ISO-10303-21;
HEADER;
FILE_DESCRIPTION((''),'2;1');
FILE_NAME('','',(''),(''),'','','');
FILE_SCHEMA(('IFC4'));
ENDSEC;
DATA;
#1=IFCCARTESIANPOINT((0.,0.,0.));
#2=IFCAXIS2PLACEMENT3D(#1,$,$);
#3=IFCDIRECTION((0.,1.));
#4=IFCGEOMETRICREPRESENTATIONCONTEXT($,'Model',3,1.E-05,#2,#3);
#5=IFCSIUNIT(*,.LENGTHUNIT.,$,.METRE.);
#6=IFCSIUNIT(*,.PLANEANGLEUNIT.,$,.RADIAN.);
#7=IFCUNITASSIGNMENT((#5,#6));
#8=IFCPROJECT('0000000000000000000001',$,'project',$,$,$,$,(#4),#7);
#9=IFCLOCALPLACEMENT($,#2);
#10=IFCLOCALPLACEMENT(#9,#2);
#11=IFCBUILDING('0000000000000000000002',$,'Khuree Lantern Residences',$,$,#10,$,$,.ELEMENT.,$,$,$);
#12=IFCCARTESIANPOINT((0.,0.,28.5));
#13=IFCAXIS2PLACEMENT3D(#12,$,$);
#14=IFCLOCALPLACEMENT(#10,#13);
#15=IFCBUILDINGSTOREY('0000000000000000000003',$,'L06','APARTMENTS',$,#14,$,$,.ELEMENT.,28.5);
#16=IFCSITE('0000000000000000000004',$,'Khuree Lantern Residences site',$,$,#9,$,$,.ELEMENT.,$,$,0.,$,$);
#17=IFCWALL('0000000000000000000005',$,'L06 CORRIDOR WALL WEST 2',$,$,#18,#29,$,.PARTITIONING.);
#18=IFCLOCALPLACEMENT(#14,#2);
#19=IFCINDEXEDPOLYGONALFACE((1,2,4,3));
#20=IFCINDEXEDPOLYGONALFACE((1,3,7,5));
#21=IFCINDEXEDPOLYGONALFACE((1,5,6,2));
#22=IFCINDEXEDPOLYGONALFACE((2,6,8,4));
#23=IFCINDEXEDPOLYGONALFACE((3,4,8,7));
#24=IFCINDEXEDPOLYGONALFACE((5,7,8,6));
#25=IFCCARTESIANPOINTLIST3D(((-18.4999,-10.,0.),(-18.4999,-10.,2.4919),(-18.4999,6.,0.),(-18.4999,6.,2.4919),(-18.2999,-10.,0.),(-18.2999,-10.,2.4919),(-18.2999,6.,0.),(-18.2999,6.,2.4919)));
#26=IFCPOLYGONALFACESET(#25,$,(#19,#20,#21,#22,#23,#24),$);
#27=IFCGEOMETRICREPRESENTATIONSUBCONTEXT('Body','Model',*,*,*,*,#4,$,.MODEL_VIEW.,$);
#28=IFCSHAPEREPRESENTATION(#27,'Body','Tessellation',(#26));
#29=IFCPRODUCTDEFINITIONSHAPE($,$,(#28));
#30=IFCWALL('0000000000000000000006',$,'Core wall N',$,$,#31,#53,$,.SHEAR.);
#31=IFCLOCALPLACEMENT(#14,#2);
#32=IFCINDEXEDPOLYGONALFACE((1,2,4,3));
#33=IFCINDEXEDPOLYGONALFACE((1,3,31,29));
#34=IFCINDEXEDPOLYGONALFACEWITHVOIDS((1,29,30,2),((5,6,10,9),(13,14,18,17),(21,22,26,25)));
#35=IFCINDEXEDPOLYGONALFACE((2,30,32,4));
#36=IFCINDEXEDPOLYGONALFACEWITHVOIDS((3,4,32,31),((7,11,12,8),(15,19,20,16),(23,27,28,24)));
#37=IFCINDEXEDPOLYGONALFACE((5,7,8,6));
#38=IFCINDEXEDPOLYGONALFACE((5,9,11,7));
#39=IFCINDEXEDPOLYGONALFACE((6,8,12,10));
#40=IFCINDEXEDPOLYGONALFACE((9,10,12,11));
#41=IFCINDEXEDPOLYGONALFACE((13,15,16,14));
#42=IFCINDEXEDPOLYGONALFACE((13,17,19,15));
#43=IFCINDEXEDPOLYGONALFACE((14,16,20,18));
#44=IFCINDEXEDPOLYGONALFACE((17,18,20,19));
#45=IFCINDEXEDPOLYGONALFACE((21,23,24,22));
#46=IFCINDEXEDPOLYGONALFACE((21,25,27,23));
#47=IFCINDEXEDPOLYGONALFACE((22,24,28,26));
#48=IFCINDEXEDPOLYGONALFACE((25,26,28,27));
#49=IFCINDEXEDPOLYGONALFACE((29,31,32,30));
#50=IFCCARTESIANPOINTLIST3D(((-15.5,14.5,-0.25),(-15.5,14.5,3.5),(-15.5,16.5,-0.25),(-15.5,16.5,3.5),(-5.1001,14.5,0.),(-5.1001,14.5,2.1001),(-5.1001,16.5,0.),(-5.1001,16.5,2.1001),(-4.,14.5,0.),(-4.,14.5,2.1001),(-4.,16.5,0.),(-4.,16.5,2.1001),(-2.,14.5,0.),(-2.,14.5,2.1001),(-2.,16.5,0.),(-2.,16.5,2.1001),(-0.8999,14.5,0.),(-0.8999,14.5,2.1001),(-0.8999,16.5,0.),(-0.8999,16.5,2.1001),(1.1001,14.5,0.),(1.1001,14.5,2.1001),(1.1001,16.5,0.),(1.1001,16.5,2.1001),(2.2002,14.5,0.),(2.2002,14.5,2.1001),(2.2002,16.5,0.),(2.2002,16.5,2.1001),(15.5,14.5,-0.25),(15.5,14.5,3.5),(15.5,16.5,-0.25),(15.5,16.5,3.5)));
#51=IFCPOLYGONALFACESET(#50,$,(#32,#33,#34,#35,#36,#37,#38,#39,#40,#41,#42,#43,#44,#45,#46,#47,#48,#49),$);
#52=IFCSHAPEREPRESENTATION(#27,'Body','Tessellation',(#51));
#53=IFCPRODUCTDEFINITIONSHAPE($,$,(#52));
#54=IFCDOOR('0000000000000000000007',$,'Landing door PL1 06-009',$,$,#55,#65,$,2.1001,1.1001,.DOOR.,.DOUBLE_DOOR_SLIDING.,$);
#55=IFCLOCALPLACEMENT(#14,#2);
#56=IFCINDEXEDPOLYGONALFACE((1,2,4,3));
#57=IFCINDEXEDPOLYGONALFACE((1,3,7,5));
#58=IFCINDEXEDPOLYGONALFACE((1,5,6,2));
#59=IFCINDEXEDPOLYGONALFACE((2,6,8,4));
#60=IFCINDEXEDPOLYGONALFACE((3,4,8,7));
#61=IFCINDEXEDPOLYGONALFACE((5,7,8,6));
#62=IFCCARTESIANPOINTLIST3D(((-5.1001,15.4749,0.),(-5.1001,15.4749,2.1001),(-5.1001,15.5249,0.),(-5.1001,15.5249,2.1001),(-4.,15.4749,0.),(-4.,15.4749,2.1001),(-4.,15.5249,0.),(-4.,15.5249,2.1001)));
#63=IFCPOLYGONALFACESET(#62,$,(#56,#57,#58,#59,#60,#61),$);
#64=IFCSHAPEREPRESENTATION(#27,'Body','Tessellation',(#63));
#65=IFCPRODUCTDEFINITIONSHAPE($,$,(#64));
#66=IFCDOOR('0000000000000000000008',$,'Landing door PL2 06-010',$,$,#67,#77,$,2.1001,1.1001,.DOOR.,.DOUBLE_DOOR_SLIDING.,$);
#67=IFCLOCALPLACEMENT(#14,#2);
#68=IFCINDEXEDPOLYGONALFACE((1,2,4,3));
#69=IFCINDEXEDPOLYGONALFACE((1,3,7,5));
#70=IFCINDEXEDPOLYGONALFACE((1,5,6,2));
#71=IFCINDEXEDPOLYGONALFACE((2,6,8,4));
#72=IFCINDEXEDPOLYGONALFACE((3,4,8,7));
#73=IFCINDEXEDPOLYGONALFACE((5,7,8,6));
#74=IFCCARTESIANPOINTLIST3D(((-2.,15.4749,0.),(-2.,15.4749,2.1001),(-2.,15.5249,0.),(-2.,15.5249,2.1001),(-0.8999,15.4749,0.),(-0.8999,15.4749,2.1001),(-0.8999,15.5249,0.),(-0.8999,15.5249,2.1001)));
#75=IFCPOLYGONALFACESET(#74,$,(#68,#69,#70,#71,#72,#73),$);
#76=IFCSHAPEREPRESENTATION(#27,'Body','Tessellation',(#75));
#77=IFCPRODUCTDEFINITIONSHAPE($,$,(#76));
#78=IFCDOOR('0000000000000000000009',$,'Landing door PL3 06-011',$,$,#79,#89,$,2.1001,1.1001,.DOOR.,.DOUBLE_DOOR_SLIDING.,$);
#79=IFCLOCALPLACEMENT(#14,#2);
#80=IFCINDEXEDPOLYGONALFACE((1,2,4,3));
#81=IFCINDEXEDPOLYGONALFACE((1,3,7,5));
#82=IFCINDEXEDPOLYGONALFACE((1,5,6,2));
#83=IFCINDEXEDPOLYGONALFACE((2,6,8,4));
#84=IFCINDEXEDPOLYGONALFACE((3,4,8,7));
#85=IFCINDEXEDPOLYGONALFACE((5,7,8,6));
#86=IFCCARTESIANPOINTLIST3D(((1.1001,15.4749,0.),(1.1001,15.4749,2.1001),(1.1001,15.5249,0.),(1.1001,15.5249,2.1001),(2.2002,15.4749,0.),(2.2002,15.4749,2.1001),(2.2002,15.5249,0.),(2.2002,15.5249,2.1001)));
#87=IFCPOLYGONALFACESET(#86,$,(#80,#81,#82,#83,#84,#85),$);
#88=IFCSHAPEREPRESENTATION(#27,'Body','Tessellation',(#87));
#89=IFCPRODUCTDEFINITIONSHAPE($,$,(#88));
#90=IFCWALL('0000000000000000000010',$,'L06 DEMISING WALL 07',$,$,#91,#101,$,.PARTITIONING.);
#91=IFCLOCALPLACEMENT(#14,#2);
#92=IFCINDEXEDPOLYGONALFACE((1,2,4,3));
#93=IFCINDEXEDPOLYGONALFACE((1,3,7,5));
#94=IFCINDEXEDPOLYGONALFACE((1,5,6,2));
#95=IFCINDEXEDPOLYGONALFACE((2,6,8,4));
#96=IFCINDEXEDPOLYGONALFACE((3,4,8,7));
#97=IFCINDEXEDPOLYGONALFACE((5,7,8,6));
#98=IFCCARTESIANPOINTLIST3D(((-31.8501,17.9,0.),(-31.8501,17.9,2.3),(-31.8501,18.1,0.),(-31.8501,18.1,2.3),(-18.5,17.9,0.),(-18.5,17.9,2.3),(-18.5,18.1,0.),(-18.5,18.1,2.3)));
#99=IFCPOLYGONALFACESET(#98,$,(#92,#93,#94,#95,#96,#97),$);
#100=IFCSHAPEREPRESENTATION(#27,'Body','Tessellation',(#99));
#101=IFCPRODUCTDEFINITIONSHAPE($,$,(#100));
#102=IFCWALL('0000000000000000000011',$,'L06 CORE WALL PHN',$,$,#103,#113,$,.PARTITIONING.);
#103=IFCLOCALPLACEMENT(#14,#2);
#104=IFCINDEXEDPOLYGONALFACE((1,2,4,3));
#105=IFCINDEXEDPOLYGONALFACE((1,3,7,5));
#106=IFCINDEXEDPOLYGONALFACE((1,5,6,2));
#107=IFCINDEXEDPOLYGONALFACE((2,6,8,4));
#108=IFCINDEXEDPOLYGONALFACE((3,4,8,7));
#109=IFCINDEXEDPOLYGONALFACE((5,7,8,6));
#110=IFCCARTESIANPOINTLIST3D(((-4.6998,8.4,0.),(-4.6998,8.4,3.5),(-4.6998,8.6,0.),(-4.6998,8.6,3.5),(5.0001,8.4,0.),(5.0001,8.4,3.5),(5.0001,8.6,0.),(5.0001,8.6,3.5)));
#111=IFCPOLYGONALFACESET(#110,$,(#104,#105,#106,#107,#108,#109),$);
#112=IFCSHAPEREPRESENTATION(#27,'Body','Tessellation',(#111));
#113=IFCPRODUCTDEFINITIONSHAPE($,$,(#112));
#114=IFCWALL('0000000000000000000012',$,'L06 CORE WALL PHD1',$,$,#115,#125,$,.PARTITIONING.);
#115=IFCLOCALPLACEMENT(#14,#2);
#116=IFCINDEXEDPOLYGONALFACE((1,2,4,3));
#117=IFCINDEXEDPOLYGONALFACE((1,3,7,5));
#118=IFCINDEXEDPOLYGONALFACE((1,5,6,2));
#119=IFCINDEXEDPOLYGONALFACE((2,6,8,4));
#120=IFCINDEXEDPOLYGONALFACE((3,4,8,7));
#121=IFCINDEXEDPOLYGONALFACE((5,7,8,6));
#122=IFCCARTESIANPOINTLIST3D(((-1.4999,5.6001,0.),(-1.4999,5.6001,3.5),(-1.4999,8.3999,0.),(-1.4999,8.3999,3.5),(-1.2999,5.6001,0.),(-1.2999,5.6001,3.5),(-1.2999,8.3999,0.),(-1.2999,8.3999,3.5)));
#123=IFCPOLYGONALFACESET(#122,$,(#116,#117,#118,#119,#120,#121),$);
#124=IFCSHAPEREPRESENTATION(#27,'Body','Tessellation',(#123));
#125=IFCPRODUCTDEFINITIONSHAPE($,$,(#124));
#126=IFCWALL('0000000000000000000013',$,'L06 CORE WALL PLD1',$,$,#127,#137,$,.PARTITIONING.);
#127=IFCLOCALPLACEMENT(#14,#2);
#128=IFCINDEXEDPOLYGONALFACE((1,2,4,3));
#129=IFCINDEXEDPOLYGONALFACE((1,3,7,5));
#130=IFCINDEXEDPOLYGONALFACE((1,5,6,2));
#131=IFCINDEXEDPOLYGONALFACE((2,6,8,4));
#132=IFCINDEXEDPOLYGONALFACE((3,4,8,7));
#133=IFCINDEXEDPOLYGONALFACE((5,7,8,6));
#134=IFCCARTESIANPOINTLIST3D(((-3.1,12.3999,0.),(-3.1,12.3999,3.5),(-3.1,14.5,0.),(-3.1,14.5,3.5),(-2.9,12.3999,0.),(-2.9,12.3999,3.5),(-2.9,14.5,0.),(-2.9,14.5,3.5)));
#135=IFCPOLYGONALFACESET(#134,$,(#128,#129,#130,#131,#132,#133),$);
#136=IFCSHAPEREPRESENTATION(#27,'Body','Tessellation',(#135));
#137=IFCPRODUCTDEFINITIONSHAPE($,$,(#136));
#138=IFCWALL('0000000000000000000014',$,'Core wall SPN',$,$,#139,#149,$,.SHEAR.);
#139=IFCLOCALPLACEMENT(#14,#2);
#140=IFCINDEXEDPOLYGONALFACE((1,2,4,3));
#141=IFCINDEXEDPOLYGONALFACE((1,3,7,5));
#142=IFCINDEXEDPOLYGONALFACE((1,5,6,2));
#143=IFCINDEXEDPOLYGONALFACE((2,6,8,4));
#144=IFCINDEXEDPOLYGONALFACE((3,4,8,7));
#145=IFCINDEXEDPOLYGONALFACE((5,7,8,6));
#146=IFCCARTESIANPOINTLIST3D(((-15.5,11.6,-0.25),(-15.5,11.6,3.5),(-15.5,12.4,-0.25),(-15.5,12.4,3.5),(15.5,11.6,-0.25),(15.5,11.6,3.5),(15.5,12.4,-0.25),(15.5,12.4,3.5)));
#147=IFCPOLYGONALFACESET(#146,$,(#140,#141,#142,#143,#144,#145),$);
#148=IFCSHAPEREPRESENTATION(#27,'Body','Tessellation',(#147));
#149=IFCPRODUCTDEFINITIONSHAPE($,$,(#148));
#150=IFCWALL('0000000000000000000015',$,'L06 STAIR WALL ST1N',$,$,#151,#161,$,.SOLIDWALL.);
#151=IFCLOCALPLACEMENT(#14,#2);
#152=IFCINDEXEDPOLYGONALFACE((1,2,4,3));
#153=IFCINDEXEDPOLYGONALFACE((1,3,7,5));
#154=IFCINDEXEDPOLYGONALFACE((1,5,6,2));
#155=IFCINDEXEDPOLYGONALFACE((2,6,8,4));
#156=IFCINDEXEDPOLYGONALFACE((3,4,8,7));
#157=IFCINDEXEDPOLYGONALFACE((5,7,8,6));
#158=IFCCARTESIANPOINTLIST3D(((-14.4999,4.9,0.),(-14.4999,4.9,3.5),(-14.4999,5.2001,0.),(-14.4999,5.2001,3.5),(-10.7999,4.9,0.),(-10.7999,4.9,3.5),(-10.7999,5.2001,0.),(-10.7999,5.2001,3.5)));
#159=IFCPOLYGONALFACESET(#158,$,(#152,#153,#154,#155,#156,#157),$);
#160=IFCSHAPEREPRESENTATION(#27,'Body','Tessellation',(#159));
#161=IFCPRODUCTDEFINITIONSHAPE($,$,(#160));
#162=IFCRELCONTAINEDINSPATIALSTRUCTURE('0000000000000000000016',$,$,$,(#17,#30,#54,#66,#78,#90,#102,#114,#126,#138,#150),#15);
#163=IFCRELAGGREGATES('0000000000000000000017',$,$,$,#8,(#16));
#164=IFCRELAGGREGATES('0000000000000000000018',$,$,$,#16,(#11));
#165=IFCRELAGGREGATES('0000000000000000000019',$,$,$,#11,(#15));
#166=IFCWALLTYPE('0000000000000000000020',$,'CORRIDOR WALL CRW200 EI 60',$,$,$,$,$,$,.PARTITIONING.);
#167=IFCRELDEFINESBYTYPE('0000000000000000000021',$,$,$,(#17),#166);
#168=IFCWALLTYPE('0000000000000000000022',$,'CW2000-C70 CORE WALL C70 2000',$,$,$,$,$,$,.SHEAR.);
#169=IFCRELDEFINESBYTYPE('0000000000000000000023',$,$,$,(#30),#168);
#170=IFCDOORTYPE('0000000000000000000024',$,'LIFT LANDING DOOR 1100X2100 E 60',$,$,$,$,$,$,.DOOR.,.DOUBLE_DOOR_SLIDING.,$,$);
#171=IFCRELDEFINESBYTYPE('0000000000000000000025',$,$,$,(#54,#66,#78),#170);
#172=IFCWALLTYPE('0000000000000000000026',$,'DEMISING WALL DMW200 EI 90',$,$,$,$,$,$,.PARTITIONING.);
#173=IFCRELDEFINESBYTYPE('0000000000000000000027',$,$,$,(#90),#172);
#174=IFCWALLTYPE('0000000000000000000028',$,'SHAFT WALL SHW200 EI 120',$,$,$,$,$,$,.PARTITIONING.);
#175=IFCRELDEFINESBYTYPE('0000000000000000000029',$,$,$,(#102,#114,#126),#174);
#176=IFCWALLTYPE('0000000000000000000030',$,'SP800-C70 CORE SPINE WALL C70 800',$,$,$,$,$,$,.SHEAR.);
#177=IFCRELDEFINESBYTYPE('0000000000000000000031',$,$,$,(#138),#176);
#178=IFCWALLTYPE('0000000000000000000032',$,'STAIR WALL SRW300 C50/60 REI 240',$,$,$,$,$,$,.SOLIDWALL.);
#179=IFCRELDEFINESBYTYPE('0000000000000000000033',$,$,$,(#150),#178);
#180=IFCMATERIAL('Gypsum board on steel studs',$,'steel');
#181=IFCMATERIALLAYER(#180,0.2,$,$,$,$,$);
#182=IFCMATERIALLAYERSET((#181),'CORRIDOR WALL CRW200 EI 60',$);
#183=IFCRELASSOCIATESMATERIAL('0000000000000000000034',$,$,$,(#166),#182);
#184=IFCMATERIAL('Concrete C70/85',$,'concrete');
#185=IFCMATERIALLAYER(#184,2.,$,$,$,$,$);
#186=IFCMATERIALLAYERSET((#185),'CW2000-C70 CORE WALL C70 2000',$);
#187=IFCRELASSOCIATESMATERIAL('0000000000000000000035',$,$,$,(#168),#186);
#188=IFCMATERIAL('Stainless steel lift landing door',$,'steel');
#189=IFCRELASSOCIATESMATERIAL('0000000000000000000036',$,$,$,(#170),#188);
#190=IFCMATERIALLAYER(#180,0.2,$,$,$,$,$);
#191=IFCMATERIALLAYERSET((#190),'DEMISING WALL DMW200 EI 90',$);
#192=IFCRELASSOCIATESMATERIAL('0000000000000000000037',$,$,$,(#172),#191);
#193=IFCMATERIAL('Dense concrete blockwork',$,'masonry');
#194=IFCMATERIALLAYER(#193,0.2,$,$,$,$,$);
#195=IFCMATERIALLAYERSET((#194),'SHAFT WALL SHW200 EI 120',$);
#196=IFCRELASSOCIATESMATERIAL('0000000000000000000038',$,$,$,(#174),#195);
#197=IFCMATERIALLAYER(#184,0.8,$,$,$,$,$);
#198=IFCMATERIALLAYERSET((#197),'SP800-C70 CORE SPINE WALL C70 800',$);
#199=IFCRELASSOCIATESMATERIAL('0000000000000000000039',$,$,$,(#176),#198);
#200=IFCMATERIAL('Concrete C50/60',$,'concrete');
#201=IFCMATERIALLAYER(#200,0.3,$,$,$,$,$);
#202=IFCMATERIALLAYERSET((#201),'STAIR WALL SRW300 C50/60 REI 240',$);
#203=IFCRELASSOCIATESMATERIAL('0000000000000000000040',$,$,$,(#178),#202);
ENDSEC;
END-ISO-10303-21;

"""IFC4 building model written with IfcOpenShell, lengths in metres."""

from ifc_helpers import new_model, si_unit, direction, frame, frame_2d, origin, place, context, subcontext, project, spatial, rectangle, extrude, material, layer, layer_set, type_object, element, fill, save


model = new_model("IFC4")

# Units and contexts
model_context = context("Model", 3, precision=1e-05, world=origin(), true_north=direction((0.0, 1.0)))
body_context = subcontext(model_context, "Body", "Model", "MODEL_VIEW")
ifc_project = project(units=[si_unit("LENGTHUNIT", "METRE"), si_unit("PLANEANGLEUNIT", "RADIAN")], contexts=[model_context])

# Site, building, storey
site_placement = place(None, origin())
site = spatial("IfcSite", under=ifc_project, at=site_placement, Name="Khuree Lantern Residences site", CompositionType="ELEMENT", RefElevation=0.0)
building_placement = place(site_placement, origin())
building = spatial("IfcBuilding", under=site, at=building_placement, Name="Khuree Lantern Residences", CompositionType="ELEMENT")
storey_placement = place(building_placement, frame((0.0, 0.0, 28.5)))
storey = spatial("IfcBuildingStorey", under=building, at=storey_placement, Name="L06", Description="APARTMENTS", CompositionType="ELEMENT", Elevation=28.5)

# Shared definitions
ifc_material_1 = material(Name="Concrete C70/85", Category="concrete")

# Shared definitions
ifc_material_2 = material(Name="Dense concrete blockwork", Category="masonry")

# Shared definitions
ifc_material_3 = material(Name="Gypsum board on steel studs", Category="steel")
ifc_layer_1 = layer(ifc_material_3, 0.2)
ifc_layer_set_1 = layer_set([ifc_layer_1], Name="CORRIDOR WALL CRW200 EI 60")
wall_type_1 = type_object("IfcWallType", Name="CORRIDOR WALL CRW200 EI 60", PredefinedType="PARTITIONING", material=ifc_layer_set_1)

# Wall
wall_1_placement = place(storey_placement, frame((-18.3999, 6.0, 0.0), z_axis=(0.0, 0.0, 1.0), x_axis=(0.0, -1.0, 0.0)))
element("IfcWall", 1, at=wall_1_placement, inside=storey, type_object=wall_type_1, Name="L06 CORRIDOR WALL WEST 2", PredefinedType="PARTITIONING", context=body_context, shape_type="SweptSolid", body=[
    extrude(rectangle(XDim=16.0, YDim=0.2, at=frame_2d((8.0, 0.0))), origin(), (0.0, 0.0, 1.0), 2.4919),
])

# Wall, openings, doors
ifc_layer_2 = layer(ifc_material_1, 2.0)
ifc_layer_set_2 = layer_set([ifc_layer_2], Name="CW2000-C70 CORE WALL C70 2000")
wall_type_2 = type_object("IfcWallType", Name="CW2000-C70 CORE WALL C70 2000", PredefinedType="SHEAR", material=ifc_layer_set_2)
wall_2_placement = place(storey_placement, frame((-15.5, 15.5, -0.25), z_axis=(0.0, 0.0, 1.0), x_axis=(1.0, 0.0, 0.0)))
wall_2 = element("IfcWall", 2, at=wall_2_placement, inside=storey, type_object=wall_type_2, Name="Core wall N", PredefinedType="SHEAR", context=body_context, shape_type="SweptSolid", body=[
    extrude(rectangle(XDim=31.0, YDim=2.0, at=frame_2d((15.5, 0.0))), origin(), (0.0, 0.0, 1.0), 3.75),
])
opening_1_placement = place(wall_2_placement, frame((10.3999, 0.0, 0.25)))
opening_1 = element("IfcOpeningElement", 3, at=opening_1_placement, cuts=wall_2, PredefinedType="OPENING", context=body_context, shape_type="SweptSolid", body=[
    extrude(rectangle(XDim=1.1001, YDim=2.1001, at=frame_2d((0.55, 1.05))), frame((0.0, 1.01, 0.0), z_axis=(0.0, -1.0, 0.0), x_axis=(1.0, 0.0, 0.0)), (0.0, 0.0, 1.0), 2.02),
])
opening_2_placement = place(wall_2_placement, frame((13.5, 0.0, 0.25)))
opening_2 = element("IfcOpeningElement", 4, at=opening_2_placement, cuts=wall_2, PredefinedType="OPENING", context=body_context, shape_type="SweptSolid", body=[
    extrude(rectangle(XDim=1.1001, YDim=2.1001, at=frame_2d((0.55, 1.05))), frame((0.0, 1.01, 0.0), z_axis=(0.0, -1.0, 0.0), x_axis=(1.0, 0.0, 0.0)), (0.0, 0.0, 1.0), 2.02),
])
opening_3_placement = place(wall_2_placement, frame((16.6001, 0.0, 0.25)))
opening_3 = element("IfcOpeningElement", 5, at=opening_3_placement, cuts=wall_2, PredefinedType="OPENING", context=body_context, shape_type="SweptSolid", body=[
    extrude(rectangle(XDim=1.1001, YDim=2.1001, at=frame_2d((0.55, 1.05))), frame((0.0, 1.01, 0.0), z_axis=(0.0, -1.0, 0.0), x_axis=(1.0, 0.0, 0.0)), (0.0, 0.0, 1.0), 2.02),
])
ifc_material_4 = material(Name="Stainless steel lift landing door", Category="steel")
door_type_1 = type_object("IfcDoorType", Name="LIFT LANDING DOOR 1100X2100 E 60", OperationType="DOUBLE_DOOR_SLIDING", PredefinedType="DOOR", material=ifc_material_4)
door_1_placement = place(opening_1_placement, origin())
door_1 = element("IfcDoor", 6, at=door_1_placement, inside=storey, type_object=door_type_1, Name="Landing door PL1 06-009", OperationType="DOUBLE_DOOR_SLIDING", OverallHeight=2.1001, OverallWidth=1.1001, PredefinedType="DOOR", context=body_context, shape_type="SweptSolid", body=[
    extrude(rectangle(XDim=1.1001, YDim=2.1001, at=frame_2d((0.55, 1.05))), frame((0.0, 0.0249, 0.0), z_axis=(0.0, -1.0, 0.0), x_axis=(1.0, 0.0, 0.0)), (0.0, 0.0, 1.0), 0.05),
])
fill(opening_1, door_1)
door_2_placement = place(opening_2_placement, origin())
door_2 = element("IfcDoor", 7, at=door_2_placement, inside=storey, type_object=door_type_1, Name="Landing door PL2 06-010", OperationType="DOUBLE_DOOR_SLIDING", OverallHeight=2.1001, OverallWidth=1.1001, PredefinedType="DOOR", context=body_context, shape_type="SweptSolid", body=[
    extrude(rectangle(XDim=1.1001, YDim=2.1001, at=frame_2d((0.55, 1.05))), frame((0.0, 0.0249, 0.0), z_axis=(0.0, -1.0, 0.0), x_axis=(1.0, 0.0, 0.0)), (0.0, 0.0, 1.0), 0.05),
])
fill(opening_2, door_2)
door_3_placement = place(opening_3_placement, origin())
door_3 = element("IfcDoor", 8, at=door_3_placement, inside=storey, type_object=door_type_1, Name="Landing door PL3 06-011", OperationType="DOUBLE_DOOR_SLIDING", OverallHeight=2.1001, OverallWidth=1.1001, PredefinedType="DOOR", context=body_context, shape_type="SweptSolid", body=[
    extrude(rectangle(XDim=1.1001, YDim=2.1001, at=frame_2d((0.55, 1.05))), frame((0.0, 0.0249, 0.0), z_axis=(0.0, -1.0, 0.0), x_axis=(1.0, 0.0, 0.0)), (0.0, 0.0, 1.0), 0.05),
])
fill(opening_3, door_3)

# Walls
ifc_layer_3 = layer(ifc_material_3, 0.2)
ifc_layer_set_3 = layer_set([ifc_layer_3], Name="DEMISING WALL DMW200 EI 90")
wall_type_3 = type_object("IfcWallType", Name="DEMISING WALL DMW200 EI 90", PredefinedType="PARTITIONING", material=ifc_layer_set_3)
wall_3_placement = place(storey_placement, frame((-18.5, 18.0, 0.0), z_axis=(0.0, 0.0, 1.0), x_axis=(-1.0, 0.0, 0.0)))
element("IfcWall", 9, at=wall_3_placement, inside=storey, type_object=wall_type_3, Name="L06 DEMISING WALL 07", PredefinedType="PARTITIONING", context=body_context, shape_type="SweptSolid", body=[
    extrude(rectangle(XDim=13.3501, YDim=0.2, at=frame_2d((6.675, 0.0))), origin(), (0.0, 0.0, 1.0), 2.3),
])
ifc_layer_4 = layer(ifc_material_2, 0.2)
ifc_layer_set_4 = layer_set([ifc_layer_4], Name="SHAFT WALL SHW200 EI 120")
wall_type_4 = type_object("IfcWallType", Name="SHAFT WALL SHW200 EI 120", PredefinedType="PARTITIONING", material=ifc_layer_set_4)
wall_4_placement = place(storey_placement, frame((-4.7, 8.5, 0.0), z_axis=(0.0, 0.0, 1.0), x_axis=(1.0, 0.0, 0.0)))
element("IfcWall", 10, at=wall_4_placement, inside=storey, type_object=wall_type_4, Name="L06 CORE WALL PHN", PredefinedType="PARTITIONING", context=body_context, shape_type="SweptSolid", body=[
    extrude(rectangle(XDim=9.7, YDim=0.2, at=frame_2d((4.8501, 0.0))), origin(), (0.0, 0.0, 1.0), 3.5),
])
wall_5_placement = place(storey_placement, frame((-1.3999, 5.6001, 0.0), z_axis=(0.0, 0.0, 1.0), x_axis=(0.0, 1.0, 0.0)))
element("IfcWall", 11, at=wall_5_placement, inside=storey, type_object=wall_type_4, Name="L06 CORE WALL PHD1", PredefinedType="PARTITIONING", context=body_context, shape_type="SweptSolid", body=[
    extrude(rectangle(XDim=2.7998, YDim=0.2, at=frame_2d((1.3999, 0.0))), origin(), (0.0, 0.0, 1.0), 3.5),
])
wall_6_placement = place(storey_placement, frame((-3.0, 12.3999, 0.0), z_axis=(0.0, 0.0, 1.0), x_axis=(0.0, 1.0, 0.0)))
element("IfcWall", 12, at=wall_6_placement, inside=storey, type_object=wall_type_4, Name="L06 CORE WALL PLD1", PredefinedType="PARTITIONING", context=body_context, shape_type="SweptSolid", body=[
    extrude(rectangle(XDim=2.1001, YDim=0.2, at=frame_2d((1.05, 0.0))), origin(), (0.0, 0.0, 1.0), 3.5),
])
ifc_layer_5 = layer(ifc_material_1, 0.8)
ifc_layer_set_5 = layer_set([ifc_layer_5], Name="SP800-C70 CORE SPINE WALL C70 800")
wall_type_5 = type_object("IfcWallType", Name="SP800-C70 CORE SPINE WALL C70 800", PredefinedType="SHEAR", material=ifc_layer_set_5)
wall_7_placement = place(storey_placement, frame((-15.5, 12.0, -0.25), z_axis=(0.0, 0.0, 1.0), x_axis=(1.0, 0.0, 0.0)))
element("IfcWall", 13, at=wall_7_placement, inside=storey, type_object=wall_type_5, Name="Core wall SPN", PredefinedType="SHEAR", context=body_context, shape_type="SweptSolid", body=[
    extrude(rectangle(XDim=31.0, YDim=0.8, at=frame_2d((15.5, 0.0))), origin(), (0.0, 0.0, 1.0), 3.75),
])
ifc_material_5 = material(Name="Concrete C50/60", Category="concrete")
ifc_layer_6 = layer(ifc_material_5, 0.3)
ifc_layer_set_6 = layer_set([ifc_layer_6], Name="STAIR WALL SRW300 C50/60 REI 240")
wall_type_6 = type_object("IfcWallType", Name="STAIR WALL SRW300 C50/60 REI 240", PredefinedType="SOLIDWALL", material=ifc_layer_set_6)
wall_8_placement = place(storey_placement, frame((-14.5, 5.05, 0.0), z_axis=(0.0, 0.0, 1.0), x_axis=(1.0, 0.0, 0.0)))
element("IfcWall", 14, at=wall_8_placement, inside=storey, type_object=wall_type_6, Name="L06 STAIR WALL ST1N", PredefinedType="SOLIDWALL", context=body_context, shape_type="SweptSolid", body=[
    extrude(rectangle(XDim=3.7, YDim=0.3, at=frame_2d((1.8501, 0.0))), origin(), (0.0, 0.0, 1.0), 3.5),
])

save(model, "model.ifc")
